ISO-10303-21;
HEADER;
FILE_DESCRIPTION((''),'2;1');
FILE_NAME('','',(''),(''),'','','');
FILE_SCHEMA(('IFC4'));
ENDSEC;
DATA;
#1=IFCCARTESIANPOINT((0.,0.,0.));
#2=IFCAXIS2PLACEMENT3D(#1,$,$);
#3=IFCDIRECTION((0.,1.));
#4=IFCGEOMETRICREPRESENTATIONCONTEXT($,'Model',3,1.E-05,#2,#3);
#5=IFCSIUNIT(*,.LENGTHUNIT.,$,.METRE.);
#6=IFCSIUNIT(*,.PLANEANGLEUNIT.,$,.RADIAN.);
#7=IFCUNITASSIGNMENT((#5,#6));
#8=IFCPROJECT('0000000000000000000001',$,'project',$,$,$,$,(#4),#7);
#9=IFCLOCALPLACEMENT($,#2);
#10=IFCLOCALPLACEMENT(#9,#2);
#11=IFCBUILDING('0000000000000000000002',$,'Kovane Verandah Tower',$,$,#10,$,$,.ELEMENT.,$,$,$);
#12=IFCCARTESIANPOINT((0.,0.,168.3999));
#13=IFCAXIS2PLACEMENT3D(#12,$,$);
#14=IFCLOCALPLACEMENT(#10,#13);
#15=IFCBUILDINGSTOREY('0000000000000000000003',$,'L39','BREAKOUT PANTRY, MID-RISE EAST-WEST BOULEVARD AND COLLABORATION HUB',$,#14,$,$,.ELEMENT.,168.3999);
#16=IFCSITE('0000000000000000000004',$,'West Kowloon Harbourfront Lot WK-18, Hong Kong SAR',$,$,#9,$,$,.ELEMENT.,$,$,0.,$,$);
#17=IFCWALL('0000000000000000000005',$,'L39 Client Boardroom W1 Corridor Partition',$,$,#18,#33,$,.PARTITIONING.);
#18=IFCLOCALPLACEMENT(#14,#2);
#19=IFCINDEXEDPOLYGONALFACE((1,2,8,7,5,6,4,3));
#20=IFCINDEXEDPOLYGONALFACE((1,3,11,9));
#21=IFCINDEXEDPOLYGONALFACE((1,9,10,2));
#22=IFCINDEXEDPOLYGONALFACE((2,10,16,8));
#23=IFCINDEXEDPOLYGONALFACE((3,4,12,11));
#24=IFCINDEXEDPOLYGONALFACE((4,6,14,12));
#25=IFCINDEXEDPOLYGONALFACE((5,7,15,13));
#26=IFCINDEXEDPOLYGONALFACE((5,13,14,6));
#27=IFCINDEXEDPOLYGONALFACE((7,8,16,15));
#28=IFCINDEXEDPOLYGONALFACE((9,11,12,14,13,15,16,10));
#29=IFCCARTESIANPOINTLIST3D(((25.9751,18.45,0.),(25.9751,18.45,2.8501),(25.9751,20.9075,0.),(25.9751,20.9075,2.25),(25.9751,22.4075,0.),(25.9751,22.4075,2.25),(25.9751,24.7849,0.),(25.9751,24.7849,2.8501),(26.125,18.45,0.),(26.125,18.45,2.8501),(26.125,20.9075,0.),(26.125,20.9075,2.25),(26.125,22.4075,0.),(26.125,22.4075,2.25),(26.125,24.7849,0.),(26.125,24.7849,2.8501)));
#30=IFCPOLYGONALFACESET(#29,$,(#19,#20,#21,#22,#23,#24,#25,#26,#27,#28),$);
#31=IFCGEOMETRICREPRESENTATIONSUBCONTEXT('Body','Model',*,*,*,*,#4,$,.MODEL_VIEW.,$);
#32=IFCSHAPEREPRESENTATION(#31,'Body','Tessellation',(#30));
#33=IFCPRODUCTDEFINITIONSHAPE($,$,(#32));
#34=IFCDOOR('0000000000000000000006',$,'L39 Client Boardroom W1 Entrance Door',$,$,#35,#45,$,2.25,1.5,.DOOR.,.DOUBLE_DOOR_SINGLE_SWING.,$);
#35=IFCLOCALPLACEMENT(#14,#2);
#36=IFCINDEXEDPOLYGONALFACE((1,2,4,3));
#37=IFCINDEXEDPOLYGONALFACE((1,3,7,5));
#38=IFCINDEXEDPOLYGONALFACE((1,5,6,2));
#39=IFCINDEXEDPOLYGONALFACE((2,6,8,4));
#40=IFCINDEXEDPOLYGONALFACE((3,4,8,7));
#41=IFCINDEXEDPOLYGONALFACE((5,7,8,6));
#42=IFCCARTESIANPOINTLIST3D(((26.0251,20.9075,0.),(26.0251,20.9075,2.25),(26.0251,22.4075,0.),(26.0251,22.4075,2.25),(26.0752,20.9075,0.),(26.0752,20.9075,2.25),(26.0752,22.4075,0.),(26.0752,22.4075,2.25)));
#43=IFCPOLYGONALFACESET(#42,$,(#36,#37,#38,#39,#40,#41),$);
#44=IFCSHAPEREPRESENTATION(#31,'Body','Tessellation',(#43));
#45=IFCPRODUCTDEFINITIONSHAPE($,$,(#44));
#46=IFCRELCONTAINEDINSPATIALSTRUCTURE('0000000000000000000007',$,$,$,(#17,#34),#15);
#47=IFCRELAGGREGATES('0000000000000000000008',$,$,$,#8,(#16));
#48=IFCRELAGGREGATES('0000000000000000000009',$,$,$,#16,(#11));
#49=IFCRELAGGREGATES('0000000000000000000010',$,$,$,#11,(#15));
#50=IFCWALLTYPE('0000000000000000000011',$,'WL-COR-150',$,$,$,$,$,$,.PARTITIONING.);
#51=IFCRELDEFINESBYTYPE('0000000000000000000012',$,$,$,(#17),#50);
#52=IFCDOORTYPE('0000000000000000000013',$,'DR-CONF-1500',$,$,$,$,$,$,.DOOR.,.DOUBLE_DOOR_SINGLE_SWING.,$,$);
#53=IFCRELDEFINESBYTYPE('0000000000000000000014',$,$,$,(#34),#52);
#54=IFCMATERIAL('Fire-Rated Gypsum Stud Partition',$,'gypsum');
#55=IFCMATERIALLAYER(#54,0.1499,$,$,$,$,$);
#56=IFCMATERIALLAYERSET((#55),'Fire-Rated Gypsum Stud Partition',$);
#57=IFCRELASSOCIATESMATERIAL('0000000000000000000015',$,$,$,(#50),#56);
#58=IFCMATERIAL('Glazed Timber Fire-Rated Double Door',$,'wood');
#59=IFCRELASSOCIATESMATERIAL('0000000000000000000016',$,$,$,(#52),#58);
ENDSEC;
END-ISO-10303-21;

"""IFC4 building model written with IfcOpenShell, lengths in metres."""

from ifc_helpers import new_model, si_unit, direction, frame, frame_2d, origin, place, context, subcontext, project, spatial, rectangle, extrude, material, layer, layer_set, type_object, element, fill, save


model = new_model("IFC4")

# Units and contexts
model_context = context("Model", 3, precision=1e-05, world=origin(), true_north=direction((0.0, 1.0)))
body_context = subcontext(model_context, "Body", "Model", "MODEL_VIEW")
ifc_project = project(units=[si_unit("LENGTHUNIT", "METRE"), si_unit("PLANEANGLEUNIT", "RADIAN")], contexts=[model_context])

# Site, building, storey
site_placement = place(None, origin())
site = spatial("IfcSite", under=ifc_project, at=site_placement, Name="West Kowloon Harbourfront Lot WK-18, Hong Kong SAR", CompositionType="ELEMENT", RefElevation=0.0)
building_placement = place(site_placement, origin())
building = spatial("IfcBuilding", under=site, at=building_placement, Name="Kovane Verandah Tower", CompositionType="ELEMENT")
storey_placement = place(building_placement, frame((0.0, 0.0, 168.3999)))
storey = spatial("IfcBuildingStorey", under=building, at=storey_placement, Name="L39", Description="BREAKOUT PANTRY, MID-RISE EAST-WEST BOULEVARD AND COLLABORATION HUB", CompositionType="ELEMENT", Elevation=168.3999)

# Wall, opening, door
ifc_material_1 = material(Name="Fire-Rated Gypsum Stud Partition", Category="gypsum")
ifc_layer_1 = layer(ifc_material_1, 0.1499)
ifc_layer_set_1 = layer_set([ifc_layer_1], Name="Fire-Rated Gypsum Stud Partition")
wall_type = type_object("IfcWallType", Name="WL-COR-150", PredefinedType="PARTITIONING", material=ifc_layer_set_1)
wall_1_placement = place(storey_placement, frame((26.05, 18.45, 0.0), z_axis=(0.0, 0.0, 1.0), x_axis=(0.0, 1.0, 0.0)))
wall_1 = element("IfcWall", 1, at=wall_1_placement, inside=storey, type_object=wall_type, Name="L39 Client Boardroom W1 Corridor Partition", PredefinedType="PARTITIONING", context=body_context, shape_type="SweptSolid", body=[
    extrude(rectangle(XDim=6.335, YDim=0.1499, at=frame_2d((3.1675, 0.0))), origin(), (0.0, 0.0, 1.0), 2.8501),
])
opening_1_placement = place(wall_1_placement, frame((2.4575, 0.0, 0.0)))
opening_1 = element("IfcOpeningElement", 2, at=opening_1_placement, cuts=wall_1, PredefinedType="OPENING", context=body_context, shape_type="SweptSolid", body=[
    extrude(rectangle(XDim=1.5, YDim=2.25, at=frame_2d((0.75, 1.125))), frame((0.0, 0.075, 0.0), z_axis=(0.0, -1.0, 0.0), x_axis=(1.0, 0.0, 0.0)), (0.0, 0.0, 1.0), 0.1499),
])
ifc_material_2 = material(Name="Glazed Timber Fire-Rated Double Door", Category="wood")
door_type_1 = type_object("IfcDoorType", Name="DR-CONF-1500", OperationType="DOUBLE_DOOR_SINGLE_SWING", PredefinedType="DOOR", material=ifc_material_2)
door_1_placement = place(opening_1_placement, origin())
door_1 = element("IfcDoor", 3, at=door_1_placement, inside=storey, type_object=door_type_1, Name="L39 Client Boardroom W1 Entrance Door", OperationType="DOUBLE_DOOR_SINGLE_SWING", OverallHeight=2.25, OverallWidth=1.5, PredefinedType="DOOR", context=body_context, shape_type="SweptSolid", body=[
    extrude(rectangle(XDim=1.5, YDim=2.25, at=frame_2d((0.75, 1.125))), frame((0.0, 0.0249, 0.0), z_axis=(0.0, -1.0, 0.0), x_axis=(1.0, 0.0, 0.0)), (0.0, 0.0, 1.0), 0.05),
])
fill(opening_1, door_1)

save(model, "model.ifc")
